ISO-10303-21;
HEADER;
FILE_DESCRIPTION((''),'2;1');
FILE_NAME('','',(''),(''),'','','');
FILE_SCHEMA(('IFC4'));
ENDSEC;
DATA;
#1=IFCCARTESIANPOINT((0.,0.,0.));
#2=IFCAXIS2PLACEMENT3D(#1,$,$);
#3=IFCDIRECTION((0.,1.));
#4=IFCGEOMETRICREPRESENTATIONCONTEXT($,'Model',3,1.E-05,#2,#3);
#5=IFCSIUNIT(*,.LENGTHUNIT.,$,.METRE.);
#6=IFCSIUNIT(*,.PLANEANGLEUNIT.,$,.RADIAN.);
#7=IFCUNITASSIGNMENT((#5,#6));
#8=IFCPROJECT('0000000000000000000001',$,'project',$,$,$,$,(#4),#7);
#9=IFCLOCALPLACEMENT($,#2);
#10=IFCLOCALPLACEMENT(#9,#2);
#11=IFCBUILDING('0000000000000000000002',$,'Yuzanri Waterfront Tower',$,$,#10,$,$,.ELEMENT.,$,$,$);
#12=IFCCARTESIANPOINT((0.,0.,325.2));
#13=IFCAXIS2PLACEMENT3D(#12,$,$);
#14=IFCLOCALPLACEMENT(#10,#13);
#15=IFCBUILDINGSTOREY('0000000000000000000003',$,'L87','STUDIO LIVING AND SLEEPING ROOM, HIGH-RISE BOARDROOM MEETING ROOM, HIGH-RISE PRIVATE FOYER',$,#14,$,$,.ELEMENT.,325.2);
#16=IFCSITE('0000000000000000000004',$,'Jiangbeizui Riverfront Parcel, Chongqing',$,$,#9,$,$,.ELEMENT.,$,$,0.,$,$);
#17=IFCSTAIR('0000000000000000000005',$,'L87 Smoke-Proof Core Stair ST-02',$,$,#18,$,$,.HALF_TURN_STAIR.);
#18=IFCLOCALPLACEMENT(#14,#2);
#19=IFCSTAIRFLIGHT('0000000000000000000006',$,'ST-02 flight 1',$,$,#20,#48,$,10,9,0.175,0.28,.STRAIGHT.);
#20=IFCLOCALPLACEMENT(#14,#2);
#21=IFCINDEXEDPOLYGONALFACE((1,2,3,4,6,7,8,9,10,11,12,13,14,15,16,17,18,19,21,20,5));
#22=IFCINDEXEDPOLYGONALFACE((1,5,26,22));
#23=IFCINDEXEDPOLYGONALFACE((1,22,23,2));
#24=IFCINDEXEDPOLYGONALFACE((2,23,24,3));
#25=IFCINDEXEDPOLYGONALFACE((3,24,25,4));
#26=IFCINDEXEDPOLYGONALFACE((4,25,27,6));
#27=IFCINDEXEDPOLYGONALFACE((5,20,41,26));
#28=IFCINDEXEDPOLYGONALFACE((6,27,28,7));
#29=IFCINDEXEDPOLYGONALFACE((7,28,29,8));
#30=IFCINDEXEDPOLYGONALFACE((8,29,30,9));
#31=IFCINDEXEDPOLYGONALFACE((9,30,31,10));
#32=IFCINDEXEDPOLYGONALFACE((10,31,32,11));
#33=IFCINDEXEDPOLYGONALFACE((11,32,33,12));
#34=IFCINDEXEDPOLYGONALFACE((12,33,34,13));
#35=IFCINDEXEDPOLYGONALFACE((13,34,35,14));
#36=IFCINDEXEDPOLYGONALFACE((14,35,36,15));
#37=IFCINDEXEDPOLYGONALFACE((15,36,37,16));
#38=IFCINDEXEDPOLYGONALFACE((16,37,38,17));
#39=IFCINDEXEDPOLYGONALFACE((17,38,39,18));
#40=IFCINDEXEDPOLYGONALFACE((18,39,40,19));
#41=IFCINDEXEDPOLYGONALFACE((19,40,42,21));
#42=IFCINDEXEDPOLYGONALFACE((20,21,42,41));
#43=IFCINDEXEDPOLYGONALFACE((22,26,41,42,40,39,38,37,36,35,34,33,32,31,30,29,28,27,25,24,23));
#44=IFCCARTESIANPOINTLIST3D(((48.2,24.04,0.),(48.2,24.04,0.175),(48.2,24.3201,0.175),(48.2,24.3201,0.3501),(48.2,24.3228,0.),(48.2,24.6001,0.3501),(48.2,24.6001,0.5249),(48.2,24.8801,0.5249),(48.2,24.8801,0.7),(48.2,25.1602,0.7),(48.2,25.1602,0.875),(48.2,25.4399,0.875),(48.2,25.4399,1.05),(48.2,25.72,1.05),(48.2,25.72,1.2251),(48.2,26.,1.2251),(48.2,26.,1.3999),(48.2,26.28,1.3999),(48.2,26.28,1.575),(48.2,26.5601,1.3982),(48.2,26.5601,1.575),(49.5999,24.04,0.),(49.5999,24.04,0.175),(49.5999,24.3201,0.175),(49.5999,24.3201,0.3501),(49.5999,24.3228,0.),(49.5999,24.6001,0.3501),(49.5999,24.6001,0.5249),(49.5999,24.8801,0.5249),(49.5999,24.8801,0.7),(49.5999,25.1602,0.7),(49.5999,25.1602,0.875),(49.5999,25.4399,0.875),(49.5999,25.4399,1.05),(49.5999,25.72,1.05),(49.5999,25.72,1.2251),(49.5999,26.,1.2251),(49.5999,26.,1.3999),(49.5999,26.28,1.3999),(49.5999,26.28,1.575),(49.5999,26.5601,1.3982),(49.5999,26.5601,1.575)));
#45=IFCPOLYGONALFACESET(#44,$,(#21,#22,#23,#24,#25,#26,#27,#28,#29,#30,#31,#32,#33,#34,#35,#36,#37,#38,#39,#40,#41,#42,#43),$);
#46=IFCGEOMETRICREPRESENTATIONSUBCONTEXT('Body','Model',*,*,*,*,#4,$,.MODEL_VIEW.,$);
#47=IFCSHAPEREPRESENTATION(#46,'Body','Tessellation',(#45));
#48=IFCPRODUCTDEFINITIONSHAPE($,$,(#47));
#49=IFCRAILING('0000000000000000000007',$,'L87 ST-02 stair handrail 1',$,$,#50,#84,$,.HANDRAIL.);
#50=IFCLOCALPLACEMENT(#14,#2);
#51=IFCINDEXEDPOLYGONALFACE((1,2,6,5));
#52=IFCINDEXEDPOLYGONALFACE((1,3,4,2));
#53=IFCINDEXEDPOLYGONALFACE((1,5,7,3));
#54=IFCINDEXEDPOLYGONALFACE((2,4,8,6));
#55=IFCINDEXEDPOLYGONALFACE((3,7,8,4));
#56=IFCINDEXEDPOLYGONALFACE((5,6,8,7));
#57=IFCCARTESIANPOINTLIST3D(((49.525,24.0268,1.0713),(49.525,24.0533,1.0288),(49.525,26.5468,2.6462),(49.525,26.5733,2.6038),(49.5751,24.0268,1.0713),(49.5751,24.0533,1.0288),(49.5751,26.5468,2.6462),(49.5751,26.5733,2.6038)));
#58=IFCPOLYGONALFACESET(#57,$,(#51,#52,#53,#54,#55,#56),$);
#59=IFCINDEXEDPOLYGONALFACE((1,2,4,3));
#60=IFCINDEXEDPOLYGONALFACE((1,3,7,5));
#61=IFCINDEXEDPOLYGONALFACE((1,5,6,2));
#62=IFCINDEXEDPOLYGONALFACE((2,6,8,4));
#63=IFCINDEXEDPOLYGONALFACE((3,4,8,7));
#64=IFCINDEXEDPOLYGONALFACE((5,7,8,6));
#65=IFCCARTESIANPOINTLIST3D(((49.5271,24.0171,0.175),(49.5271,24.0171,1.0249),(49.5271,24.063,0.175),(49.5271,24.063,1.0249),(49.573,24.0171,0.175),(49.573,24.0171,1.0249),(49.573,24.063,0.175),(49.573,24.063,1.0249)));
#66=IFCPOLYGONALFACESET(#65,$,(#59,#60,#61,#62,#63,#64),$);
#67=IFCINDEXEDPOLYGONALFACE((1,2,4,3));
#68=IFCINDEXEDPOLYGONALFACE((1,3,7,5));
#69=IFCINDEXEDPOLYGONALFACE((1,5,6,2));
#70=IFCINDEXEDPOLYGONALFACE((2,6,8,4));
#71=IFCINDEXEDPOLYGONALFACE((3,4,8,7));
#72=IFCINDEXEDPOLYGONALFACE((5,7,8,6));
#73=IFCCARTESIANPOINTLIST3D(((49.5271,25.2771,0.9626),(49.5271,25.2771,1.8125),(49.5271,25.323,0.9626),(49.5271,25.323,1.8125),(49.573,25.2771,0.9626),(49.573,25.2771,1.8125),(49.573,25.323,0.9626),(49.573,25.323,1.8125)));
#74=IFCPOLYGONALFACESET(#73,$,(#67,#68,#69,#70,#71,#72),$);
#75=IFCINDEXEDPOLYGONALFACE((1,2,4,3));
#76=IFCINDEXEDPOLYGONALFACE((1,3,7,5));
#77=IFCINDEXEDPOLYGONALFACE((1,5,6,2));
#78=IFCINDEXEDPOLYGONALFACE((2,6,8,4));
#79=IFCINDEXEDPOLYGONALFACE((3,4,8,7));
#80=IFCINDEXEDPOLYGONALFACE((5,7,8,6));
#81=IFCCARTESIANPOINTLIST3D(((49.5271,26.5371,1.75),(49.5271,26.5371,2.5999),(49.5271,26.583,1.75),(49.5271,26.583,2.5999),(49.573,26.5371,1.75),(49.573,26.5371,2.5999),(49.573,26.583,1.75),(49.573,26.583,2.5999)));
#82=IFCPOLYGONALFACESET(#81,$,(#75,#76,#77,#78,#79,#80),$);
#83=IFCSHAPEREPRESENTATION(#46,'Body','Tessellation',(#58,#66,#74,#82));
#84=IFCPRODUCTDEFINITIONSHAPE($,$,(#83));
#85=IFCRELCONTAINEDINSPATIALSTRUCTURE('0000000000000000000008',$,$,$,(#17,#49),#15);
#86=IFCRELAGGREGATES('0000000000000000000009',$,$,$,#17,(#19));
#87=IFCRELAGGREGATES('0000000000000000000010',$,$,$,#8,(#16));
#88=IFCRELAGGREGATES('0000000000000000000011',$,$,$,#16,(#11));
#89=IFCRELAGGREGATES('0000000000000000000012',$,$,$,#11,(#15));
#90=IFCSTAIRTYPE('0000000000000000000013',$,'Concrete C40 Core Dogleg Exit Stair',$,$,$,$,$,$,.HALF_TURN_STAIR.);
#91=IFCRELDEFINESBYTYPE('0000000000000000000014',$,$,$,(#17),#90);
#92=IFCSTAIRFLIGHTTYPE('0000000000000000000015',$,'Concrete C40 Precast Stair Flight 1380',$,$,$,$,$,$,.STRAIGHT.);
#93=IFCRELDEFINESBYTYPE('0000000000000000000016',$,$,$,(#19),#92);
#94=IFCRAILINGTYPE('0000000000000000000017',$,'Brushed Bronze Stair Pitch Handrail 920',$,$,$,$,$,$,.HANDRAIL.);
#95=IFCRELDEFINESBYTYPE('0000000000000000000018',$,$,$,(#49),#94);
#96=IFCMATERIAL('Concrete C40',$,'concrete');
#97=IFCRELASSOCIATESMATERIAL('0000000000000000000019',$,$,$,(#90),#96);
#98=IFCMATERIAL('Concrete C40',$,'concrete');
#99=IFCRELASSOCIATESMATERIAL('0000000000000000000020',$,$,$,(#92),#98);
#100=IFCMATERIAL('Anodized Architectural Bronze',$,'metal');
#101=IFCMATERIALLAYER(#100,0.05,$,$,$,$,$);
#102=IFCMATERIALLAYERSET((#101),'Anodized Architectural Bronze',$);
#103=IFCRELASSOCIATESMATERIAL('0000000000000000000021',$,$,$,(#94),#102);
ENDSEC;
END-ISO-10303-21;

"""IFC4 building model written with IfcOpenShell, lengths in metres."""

from ifc_helpers import new_model, si_unit, direction, frame, origin, origin_2d, place, context, subcontext, project, spatial, polyline, rectangle, outline, extrude, source, transform, mapped, material, layer, layer_set, type_object, element, aggregate, save


model = new_model("IFC4")

# Units and contexts
model_context = context("Model", 3, precision=1e-05, world=origin(), true_north=direction((0.0, 1.0)))
body_context = subcontext(model_context, "Body", "Model", "MODEL_VIEW")
ifc_project = project(units=[si_unit("LENGTHUNIT", "METRE"), si_unit("PLANEANGLEUNIT", "RADIAN")], contexts=[model_context])

# Site, building, storey
site_placement = place(None, origin())
site = spatial("IfcSite", under=ifc_project, at=site_placement, Name="Jiangbeizui Riverfront Parcel, Chongqing", CompositionType="ELEMENT", RefElevation=0.0)
building_placement = place(site_placement, origin())
building = spatial("IfcBuilding", under=site, at=building_placement, Name="Yuzanri Waterfront Tower", CompositionType="ELEMENT")
storey_placement = place(building_placement, frame((0.0, 0.0, 325.2)))
storey = spatial("IfcBuildingStorey", under=building, at=storey_placement, Name="L87", Description="STUDIO LIVING AND SLEEPING ROOM, HIGH-RISE BOARDROOM MEETING ROOM, HIGH-RISE PRIVATE FOYER", CompositionType="ELEMENT", Elevation=325.2)

# Stair, stair flight
ifc_material_1 = material(Name="Concrete C40", Category="concrete")
stair_type = type_object("IfcStairType", Name="Concrete C40 Core Dogleg Exit Stair", PredefinedType="HALF_TURN_STAIR", material=ifc_material_1)
stair_placement = place(storey_placement, origin())
stair = element("IfcStair", 1, at=stair_placement, inside=storey, type_object=stair_type, Name="L87 Smoke-Proof Core Stair ST-02", PredefinedType="HALF_TURN_STAIR")
ifc_material_2 = material(Name="Concrete C40", Category="concrete")
stair_flight_type = type_object("IfcStairFlightType", Name="Concrete C40 Precast Stair Flight 1380", PredefinedType="STRAIGHT", material=ifc_material_2)
shared_shape_1 = source(origin(), body_context, "Body", "SweptSolid", [
    extrude(outline(polyline([(0.0, 0.0), (0.0, 0.175), (0.28, 0.175), (0.28, 0.3501), (0.5601, 0.3501), (0.5601, 0.5249), (0.8401, 0.5249), (0.8401, 0.7), (1.1201, 0.7), (1.1201, 0.875), (1.3999, 0.875), (1.3999, 1.05), (1.6799, 1.05), (1.6799, 1.2251), (1.96, 1.2251), (1.96, 1.3999), (2.24, 1.3999), (2.24, 1.575), (2.52, 1.575), (2.52, 1.75), (2.52, 1.3982), (0.2827, 0.0), (0.0, 0.0)])), frame((0.0, 0.7, 0.0), z_axis=(0.0, -1.0, 0.0), x_axis=(1.0, 0.0, 0.0)), (0.0, 0.0, 1.0), 1.3999),
])
stair_flight_placement = place(storey_placement, frame((48.8999, 24.04, 0.0), z_axis=(0.0, 0.0, 1.0), x_axis=(0.0, 1.0, 0.0)))
stair_flight = element("IfcStairFlight", 2, at=stair_flight_placement, type_object=stair_flight_type, Name="ST-02 flight 1", NumberOfRisers=10, NumberOfTreads=9, PredefinedType="STRAIGHT", RiserHeight=0.175, TreadLength=0.28, context=body_context, shape_type="MappedRepresentation", body=[
    mapped(shared_shape_1, transform((0.0, 0.0, 0.0), scale=1.0)),
])
aggregate(stair, [stair_flight])

# Railing
ifc_material_3 = material(Name="Anodized Architectural Bronze", Category="metal")
ifc_layer_1 = layer(ifc_material_3, 0.05)
ifc_layer_set_1 = layer_set([ifc_layer_1], Name="Anodized Architectural Bronze")
railing_type = type_object("IfcRailingType", Name="Brushed Bronze Stair Pitch Handrail 920", PredefinedType="HANDRAIL", material=ifc_layer_set_1)
shared_shape_2 = source(origin(), body_context, "Body", "SweptSolid", [
    extrude(rectangle(XDim=0.05, YDim=0.05, at=origin_2d()), frame((0.0, 0.0, 0.875), z_axis=(0.0, 0.848008, 0.529984), x_axis=(-1.0, 0.0, 0.0)), (0.0, 0.0, 1.0), 2.9717),
    extrude(rectangle(XDim=0.0459, YDim=0.0459, at=origin_2d()), origin(), (0.0, 0.0, 1.0), 0.8499),
    extrude(rectangle(XDim=0.0459, YDim=0.0459, at=origin_2d()), frame((0.0, 1.26, 0.7876)), (0.0, 0.0, 1.0), 0.8499),
    extrude(rectangle(XDim=0.0459, YDim=0.0459, at=origin_2d()), frame((0.0, 2.52, 1.575)), (0.0, 0.0, 1.0), 0.8499),
])
railing_placement = place(storey_placement, frame((49.55, 24.04, 0.175)))
element("IfcRailing", 3, at=railing_placement, inside=storey, type_object=railing_type, Name="L87 ST-02 stair handrail 1", PredefinedType="HANDRAIL", context=body_context, shape_type="MappedRepresentation", body=[
    mapped(shared_shape_2, transform((0.0, 0.0, 0.0), scale=1.0)),
])

save(model, "model.ifc")
